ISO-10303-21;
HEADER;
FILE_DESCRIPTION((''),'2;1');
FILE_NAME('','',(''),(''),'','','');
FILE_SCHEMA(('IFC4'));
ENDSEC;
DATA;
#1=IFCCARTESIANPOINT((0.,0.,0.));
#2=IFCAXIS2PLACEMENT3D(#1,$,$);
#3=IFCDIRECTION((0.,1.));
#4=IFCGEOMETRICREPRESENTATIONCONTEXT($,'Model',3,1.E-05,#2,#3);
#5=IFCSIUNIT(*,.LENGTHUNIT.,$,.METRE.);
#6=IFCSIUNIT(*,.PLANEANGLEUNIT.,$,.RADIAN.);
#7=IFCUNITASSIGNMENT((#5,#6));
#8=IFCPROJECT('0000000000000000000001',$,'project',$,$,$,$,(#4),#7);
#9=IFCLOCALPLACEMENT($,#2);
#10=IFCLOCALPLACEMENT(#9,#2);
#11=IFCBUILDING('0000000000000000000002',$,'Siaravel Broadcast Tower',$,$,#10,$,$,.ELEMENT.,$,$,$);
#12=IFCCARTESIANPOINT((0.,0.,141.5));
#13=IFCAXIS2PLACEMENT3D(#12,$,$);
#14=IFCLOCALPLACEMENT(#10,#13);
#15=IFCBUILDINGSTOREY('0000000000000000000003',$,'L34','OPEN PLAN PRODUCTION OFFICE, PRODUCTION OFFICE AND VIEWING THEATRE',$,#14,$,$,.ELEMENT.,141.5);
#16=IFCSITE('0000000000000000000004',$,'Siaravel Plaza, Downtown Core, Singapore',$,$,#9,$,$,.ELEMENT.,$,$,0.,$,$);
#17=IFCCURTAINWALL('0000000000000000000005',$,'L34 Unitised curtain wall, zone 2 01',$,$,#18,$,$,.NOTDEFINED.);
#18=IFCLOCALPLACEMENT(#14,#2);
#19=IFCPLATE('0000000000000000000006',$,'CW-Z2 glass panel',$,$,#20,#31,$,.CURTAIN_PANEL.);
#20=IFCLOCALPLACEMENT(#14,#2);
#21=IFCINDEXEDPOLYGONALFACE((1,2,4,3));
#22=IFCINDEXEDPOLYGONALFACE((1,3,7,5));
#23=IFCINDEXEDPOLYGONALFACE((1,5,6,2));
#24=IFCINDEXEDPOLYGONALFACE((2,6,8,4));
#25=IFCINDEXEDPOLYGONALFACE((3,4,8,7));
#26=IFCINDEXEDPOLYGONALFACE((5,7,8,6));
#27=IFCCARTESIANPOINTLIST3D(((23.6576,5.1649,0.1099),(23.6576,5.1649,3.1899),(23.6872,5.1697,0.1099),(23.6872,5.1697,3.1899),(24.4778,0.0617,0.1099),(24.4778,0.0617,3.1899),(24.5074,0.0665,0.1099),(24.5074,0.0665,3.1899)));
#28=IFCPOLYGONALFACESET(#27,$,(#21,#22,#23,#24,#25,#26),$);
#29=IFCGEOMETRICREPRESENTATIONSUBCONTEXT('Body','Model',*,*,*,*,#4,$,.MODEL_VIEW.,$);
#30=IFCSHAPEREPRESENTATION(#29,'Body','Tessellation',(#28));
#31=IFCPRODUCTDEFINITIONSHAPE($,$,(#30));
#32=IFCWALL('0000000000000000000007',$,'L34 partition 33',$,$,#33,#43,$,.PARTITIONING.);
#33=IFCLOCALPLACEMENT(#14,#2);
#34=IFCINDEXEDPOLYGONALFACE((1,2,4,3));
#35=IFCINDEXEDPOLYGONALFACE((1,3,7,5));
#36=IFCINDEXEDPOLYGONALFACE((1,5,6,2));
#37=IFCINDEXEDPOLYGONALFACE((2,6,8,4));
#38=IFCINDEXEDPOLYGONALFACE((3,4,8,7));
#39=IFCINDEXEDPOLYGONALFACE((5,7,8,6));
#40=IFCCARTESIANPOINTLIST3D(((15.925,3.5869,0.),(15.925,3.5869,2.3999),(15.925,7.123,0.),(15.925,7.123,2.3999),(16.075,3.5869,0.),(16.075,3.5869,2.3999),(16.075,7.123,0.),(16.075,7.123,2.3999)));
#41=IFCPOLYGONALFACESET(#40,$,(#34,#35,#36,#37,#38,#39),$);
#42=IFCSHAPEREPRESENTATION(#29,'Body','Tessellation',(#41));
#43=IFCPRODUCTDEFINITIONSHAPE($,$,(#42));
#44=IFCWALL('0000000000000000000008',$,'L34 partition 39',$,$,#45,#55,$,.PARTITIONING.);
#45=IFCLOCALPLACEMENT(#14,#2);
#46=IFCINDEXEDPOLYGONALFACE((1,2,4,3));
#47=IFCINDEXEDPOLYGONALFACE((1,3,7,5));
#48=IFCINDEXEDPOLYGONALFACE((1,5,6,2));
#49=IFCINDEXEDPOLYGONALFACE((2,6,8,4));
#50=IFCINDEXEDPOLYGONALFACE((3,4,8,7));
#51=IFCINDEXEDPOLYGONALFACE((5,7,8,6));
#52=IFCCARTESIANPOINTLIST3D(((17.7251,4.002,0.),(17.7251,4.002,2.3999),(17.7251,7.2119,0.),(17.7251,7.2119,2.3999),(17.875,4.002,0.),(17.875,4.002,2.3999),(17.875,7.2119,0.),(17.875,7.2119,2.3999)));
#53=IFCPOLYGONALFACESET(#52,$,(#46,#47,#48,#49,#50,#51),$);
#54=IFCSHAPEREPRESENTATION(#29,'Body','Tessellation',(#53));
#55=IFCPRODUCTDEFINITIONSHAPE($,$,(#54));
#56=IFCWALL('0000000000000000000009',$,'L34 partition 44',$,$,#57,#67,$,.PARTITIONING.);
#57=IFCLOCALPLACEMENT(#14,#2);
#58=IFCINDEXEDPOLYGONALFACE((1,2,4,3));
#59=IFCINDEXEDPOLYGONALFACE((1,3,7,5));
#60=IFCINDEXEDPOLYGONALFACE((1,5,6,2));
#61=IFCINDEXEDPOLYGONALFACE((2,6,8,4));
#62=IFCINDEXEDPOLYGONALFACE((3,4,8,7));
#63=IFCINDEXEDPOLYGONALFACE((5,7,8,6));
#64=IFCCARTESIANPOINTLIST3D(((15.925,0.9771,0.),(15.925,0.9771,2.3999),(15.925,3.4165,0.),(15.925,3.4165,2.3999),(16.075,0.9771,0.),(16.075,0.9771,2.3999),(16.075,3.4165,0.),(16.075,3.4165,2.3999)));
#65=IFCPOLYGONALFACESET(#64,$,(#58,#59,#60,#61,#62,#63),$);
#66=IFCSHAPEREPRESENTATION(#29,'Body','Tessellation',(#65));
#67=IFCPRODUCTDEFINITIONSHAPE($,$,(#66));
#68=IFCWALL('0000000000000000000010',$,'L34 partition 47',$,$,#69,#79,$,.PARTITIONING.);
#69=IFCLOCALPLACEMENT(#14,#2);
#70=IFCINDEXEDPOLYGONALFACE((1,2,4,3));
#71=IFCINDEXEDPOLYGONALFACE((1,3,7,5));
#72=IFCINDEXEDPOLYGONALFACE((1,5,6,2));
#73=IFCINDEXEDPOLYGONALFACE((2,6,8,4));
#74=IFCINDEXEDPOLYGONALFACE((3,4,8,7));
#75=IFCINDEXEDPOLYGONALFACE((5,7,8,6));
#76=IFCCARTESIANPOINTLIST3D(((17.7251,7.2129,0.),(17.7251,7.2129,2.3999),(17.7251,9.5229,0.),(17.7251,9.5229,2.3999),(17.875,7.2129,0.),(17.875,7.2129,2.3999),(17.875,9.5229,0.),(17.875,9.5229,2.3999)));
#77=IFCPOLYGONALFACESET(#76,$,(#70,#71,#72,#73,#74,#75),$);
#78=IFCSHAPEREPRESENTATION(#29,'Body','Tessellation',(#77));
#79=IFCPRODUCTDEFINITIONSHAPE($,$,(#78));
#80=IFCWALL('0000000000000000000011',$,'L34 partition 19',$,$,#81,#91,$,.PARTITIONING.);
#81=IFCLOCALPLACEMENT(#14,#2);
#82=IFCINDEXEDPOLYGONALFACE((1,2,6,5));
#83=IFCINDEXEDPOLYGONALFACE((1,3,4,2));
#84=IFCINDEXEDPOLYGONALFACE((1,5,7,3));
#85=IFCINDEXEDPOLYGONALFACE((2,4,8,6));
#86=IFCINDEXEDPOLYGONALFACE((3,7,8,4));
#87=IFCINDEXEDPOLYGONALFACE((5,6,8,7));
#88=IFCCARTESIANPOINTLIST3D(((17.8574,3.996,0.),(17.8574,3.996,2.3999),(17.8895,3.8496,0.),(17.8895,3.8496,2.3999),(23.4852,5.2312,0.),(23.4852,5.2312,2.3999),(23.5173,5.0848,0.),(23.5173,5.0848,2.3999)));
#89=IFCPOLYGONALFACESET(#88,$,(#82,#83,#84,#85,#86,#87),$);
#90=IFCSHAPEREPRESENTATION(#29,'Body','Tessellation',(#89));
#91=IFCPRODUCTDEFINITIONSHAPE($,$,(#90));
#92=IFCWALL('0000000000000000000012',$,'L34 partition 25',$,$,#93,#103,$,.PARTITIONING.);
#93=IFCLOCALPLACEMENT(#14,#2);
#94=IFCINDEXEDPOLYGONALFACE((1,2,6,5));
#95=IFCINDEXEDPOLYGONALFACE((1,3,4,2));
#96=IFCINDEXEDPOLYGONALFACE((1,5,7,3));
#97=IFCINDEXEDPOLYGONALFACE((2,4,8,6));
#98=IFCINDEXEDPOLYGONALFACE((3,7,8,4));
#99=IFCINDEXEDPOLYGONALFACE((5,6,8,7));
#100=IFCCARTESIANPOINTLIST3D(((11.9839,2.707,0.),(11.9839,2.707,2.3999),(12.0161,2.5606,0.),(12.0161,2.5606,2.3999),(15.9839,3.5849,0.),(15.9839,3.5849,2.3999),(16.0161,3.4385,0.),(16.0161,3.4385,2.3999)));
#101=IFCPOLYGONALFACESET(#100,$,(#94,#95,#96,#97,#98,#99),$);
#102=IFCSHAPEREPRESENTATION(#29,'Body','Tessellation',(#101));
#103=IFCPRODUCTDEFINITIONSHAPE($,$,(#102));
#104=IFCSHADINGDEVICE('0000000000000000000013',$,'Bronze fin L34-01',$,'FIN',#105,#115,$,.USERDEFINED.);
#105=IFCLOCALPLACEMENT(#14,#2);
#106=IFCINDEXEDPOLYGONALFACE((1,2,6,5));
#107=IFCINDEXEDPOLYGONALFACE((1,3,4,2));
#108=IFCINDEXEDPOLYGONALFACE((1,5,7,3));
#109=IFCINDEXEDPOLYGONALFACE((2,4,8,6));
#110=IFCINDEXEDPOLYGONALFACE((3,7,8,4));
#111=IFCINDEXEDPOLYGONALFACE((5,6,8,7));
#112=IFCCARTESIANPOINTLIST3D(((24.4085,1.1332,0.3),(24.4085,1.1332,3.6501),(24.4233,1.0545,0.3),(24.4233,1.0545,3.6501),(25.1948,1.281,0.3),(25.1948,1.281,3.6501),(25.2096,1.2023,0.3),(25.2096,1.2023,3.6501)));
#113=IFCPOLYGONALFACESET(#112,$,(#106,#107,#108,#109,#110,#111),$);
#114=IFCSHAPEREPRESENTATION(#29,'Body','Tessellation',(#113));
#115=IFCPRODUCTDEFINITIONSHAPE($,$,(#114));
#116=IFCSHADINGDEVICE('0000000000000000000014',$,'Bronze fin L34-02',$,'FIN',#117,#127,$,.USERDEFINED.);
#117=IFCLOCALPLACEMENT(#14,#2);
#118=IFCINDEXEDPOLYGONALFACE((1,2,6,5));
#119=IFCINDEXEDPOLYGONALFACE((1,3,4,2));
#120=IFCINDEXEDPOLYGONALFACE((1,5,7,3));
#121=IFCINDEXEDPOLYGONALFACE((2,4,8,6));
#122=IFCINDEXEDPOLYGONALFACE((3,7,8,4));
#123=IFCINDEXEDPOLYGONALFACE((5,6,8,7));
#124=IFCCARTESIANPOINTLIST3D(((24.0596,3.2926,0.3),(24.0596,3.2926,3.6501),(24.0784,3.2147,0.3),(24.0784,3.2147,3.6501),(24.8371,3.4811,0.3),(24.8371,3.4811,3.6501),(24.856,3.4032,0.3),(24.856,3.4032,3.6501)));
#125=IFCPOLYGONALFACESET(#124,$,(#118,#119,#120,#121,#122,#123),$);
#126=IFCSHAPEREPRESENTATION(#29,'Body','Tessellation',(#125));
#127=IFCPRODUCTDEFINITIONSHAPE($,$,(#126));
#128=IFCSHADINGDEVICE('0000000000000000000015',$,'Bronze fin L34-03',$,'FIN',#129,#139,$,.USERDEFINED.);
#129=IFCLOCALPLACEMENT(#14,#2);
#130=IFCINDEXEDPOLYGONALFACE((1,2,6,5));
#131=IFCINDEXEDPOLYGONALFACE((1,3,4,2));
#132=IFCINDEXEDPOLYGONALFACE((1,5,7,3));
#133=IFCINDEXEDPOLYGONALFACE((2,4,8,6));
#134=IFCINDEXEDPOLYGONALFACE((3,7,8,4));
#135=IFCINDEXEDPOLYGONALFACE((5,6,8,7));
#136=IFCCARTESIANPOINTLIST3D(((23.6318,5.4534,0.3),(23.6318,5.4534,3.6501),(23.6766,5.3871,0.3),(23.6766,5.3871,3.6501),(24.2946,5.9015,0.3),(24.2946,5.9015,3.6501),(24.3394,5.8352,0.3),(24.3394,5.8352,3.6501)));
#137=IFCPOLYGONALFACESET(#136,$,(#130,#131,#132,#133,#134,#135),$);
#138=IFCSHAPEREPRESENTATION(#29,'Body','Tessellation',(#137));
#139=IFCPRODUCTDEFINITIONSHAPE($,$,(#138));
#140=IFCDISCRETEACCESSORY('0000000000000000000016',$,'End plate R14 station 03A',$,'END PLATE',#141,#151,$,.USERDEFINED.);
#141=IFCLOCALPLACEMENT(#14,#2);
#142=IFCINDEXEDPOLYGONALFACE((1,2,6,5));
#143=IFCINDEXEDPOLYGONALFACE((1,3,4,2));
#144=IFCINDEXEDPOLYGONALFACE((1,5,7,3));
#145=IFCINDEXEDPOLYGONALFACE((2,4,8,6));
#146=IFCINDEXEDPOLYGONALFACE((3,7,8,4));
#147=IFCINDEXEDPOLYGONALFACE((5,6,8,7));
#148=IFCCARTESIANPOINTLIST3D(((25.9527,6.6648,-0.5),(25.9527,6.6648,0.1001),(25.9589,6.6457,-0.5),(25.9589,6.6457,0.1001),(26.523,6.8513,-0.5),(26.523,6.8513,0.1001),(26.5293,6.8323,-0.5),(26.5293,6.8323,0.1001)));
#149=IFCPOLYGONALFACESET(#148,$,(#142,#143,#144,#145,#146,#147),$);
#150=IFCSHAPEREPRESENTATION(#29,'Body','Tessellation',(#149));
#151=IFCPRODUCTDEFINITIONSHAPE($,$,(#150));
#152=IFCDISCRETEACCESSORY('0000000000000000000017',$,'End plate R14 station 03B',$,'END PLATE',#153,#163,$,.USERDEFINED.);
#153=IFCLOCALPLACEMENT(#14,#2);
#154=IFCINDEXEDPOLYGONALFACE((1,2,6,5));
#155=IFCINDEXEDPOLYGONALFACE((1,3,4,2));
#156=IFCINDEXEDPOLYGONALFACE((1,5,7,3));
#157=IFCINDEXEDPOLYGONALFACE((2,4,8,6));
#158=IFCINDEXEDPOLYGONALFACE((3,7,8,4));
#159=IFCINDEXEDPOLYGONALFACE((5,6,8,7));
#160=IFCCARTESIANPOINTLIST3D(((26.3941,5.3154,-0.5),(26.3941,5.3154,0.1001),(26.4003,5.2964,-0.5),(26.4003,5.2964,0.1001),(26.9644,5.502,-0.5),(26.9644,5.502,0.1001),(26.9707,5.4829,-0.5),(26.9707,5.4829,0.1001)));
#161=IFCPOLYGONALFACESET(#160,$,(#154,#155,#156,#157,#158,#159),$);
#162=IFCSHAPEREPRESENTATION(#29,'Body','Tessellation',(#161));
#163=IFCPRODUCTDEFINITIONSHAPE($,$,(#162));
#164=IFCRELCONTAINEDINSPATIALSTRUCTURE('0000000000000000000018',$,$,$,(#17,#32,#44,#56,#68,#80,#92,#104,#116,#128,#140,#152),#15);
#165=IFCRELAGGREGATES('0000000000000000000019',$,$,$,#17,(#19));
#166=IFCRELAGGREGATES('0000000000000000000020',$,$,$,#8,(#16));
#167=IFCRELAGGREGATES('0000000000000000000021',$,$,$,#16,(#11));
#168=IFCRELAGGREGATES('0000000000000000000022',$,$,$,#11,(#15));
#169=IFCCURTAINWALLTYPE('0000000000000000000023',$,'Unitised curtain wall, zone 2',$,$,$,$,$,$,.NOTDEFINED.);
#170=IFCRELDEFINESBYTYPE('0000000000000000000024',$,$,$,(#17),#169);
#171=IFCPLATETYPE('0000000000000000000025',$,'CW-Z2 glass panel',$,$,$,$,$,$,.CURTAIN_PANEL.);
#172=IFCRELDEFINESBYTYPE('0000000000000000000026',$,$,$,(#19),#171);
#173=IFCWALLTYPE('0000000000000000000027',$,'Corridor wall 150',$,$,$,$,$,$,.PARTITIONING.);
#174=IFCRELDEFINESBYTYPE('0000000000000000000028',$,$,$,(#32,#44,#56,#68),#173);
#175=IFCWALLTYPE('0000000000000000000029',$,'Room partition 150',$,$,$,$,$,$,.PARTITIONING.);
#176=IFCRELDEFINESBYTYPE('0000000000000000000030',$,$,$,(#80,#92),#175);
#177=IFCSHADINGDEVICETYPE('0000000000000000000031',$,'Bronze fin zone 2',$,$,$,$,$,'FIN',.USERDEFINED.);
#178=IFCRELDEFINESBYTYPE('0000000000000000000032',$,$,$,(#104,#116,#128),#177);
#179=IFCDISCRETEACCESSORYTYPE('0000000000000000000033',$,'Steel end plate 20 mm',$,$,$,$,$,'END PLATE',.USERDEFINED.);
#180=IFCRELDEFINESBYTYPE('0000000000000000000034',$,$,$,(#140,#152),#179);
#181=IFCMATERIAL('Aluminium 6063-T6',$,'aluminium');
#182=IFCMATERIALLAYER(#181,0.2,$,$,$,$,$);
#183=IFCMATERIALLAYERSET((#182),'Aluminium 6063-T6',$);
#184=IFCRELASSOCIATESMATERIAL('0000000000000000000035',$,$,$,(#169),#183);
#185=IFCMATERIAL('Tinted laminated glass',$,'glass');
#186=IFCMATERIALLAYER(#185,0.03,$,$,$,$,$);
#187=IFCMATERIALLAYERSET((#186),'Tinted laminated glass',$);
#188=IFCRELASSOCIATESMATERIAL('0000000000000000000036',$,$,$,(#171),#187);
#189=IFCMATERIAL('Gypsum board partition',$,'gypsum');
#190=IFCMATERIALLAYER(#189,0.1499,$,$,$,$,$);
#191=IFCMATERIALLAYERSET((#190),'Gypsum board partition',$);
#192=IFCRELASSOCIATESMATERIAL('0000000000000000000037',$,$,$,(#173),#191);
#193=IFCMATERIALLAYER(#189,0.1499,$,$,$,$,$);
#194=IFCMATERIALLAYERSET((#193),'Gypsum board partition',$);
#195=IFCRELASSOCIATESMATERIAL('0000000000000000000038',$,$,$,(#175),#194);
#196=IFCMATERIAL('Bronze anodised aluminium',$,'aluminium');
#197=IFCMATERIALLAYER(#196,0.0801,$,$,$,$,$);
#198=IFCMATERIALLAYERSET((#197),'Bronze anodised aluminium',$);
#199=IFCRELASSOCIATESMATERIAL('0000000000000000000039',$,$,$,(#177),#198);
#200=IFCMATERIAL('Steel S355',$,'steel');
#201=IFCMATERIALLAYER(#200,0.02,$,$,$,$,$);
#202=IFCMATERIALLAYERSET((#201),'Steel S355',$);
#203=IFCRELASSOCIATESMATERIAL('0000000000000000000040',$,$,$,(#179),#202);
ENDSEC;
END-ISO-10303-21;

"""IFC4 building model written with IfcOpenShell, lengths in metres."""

from ifc_helpers import new_model, si_unit, direction, frame, frame_2d, origin, origin_2d, place, context, subcontext, project, spatial, rectangle, extrude, material, layer, layer_set, type_object, element, aggregate, save


model = new_model("IFC4")

# Units and contexts
model_context = context("Model", 3, precision=1e-05, world=origin(), true_north=direction((0.0, 1.0)))
body_context = subcontext(model_context, "Body", "Model", "MODEL_VIEW")
ifc_project = project(units=[si_unit("LENGTHUNIT", "METRE"), si_unit("PLANEANGLEUNIT", "RADIAN")], contexts=[model_context])

# Site, building, storey
site_placement = place(None, origin())
site = spatial("IfcSite", under=ifc_project, at=site_placement, Name="Siaravel Plaza, Downtown Core, Singapore", CompositionType="ELEMENT", RefElevation=0.0)
building_placement = place(site_placement, origin())
building = spatial("IfcBuilding", under=site, at=building_placement, Name="Siaravel Broadcast Tower", CompositionType="ELEMENT")
storey_placement = place(building_placement, frame((0.0, 0.0, 141.5)))
storey = spatial("IfcBuildingStorey", under=building, at=storey_placement, Name="L34", Description="OPEN PLAN PRODUCTION OFFICE, PRODUCTION OFFICE AND VIEWING THEATRE", CompositionType="ELEMENT", Elevation=141.5)

# Shared definitions
ifc_material_1 = material(Name="Steel S355", Category="steel")

# Curtain wall
ifc_material_2 = material(Name="Aluminium 6063-T6", Category="aluminium")
ifc_layer_1 = layer(ifc_material_2, 0.2)
ifc_layer_set_1 = layer_set([ifc_layer_1], Name="Aluminium 6063-T6")
curtain_wall_type = type_object("IfcCurtainWallType", Name="Unitised curtain wall, zone 2", PredefinedType="NOTDEFINED", material=ifc_layer_set_1)
curtain_wall_placement = place(storey_placement, origin())
curtain_wall = element("IfcCurtainWall", 1, at=curtain_wall_placement, inside=storey, type_object=curtain_wall_type, Name="L34 Unitised curtain wall, zone 2 01", PredefinedType="NOTDEFINED")

# Plate
ifc_material_3 = material(Name="Tinted laminated glass", Category="glass")
ifc_layer_2 = layer(ifc_material_3, 0.03)
ifc_layer_set_2 = layer_set([ifc_layer_2], Name="Tinted laminated glass")
plate_type = type_object("IfcPlateType", Name="CW-Z2 glass panel", PredefinedType="CURTAIN_PANEL", material=ifc_layer_set_2)
plate_placement = place(storey_placement, frame((24.0825, 2.6157, 0.1099), z_axis=(0.0, 0.0, 1.0), x_axis=(-0.158685, 0.987329, 0.0)))
plate = element("IfcPlate", 2, at=plate_placement, type_object=plate_type, Name="CW-Z2 glass panel", PredefinedType="CURTAIN_PANEL", context=body_context, shape_type="SweptSolid", body=[
    extrude(rectangle(XDim=5.1687, YDim=0.03, at=origin_2d()), origin(), (0.0, 0.0, 1.0), 3.0801),
])
aggregate(curtain_wall, [plate])

# Shared definitions
ifc_material_4 = material(Name="Gypsum board partition", Category="gypsum")
ifc_layer_3 = layer(ifc_material_4, 0.1499)
ifc_layer_set_3 = layer_set([ifc_layer_3], Name="Gypsum board partition")
wall_type_1 = type_object("IfcWallType", Name="Corridor wall 150", PredefinedType="PARTITIONING", material=ifc_layer_set_3)

# Walls
wall_1_placement = place(storey_placement, frame((16.0, 7.123, 0.0), z_axis=(0.0, 0.0, 1.0), x_axis=(0.0, -1.0, 0.0)))
element("IfcWall", 3, at=wall_1_placement, inside=storey, type_object=wall_type_1, Name="L34 partition 33", PredefinedType="PARTITIONING", context=body_context, shape_type="SweptSolid", body=[
    extrude(rectangle(XDim=3.5361, YDim=0.1499, at=frame_2d((1.7681, 0.0))), origin(), (0.0, 0.0, 1.0), 2.3999),
])
wall_2_placement = place(storey_placement, frame((17.8, 4.002, 0.0), z_axis=(0.0, 0.0, 1.0), x_axis=(0.0, 1.0, 0.0)))
element("IfcWall", 4, at=wall_2_placement, inside=storey, type_object=wall_type_1, Name="L34 partition 39", PredefinedType="PARTITIONING", context=body_context, shape_type="SweptSolid", body=[
    extrude(rectangle(XDim=3.21, YDim=0.1499, at=frame_2d((1.605, 0.0))), origin(), (0.0, 0.0, 1.0), 2.3999),
])
wall_3_placement = place(storey_placement, frame((16.0, 3.4165, 0.0), z_axis=(0.0, 0.0, 1.0), x_axis=(0.0, -1.0, 0.0)))
element("IfcWall", 5, at=wall_3_placement, inside=storey, type_object=wall_type_1, Name="L34 partition 44", PredefinedType="PARTITIONING", context=body_context, shape_type="SweptSolid", body=[
    extrude(rectangle(XDim=2.4395, YDim=0.1499, at=frame_2d((1.2197, 0.0))), origin(), (0.0, 0.0, 1.0), 2.3999),
])
wall_4_placement = place(storey_placement, frame((17.8, 7.2129, 0.0), z_axis=(0.0, 0.0, 1.0), x_axis=(0.0, 1.0, 0.0)))
element("IfcWall", 6, at=wall_4_placement, inside=storey, type_object=wall_type_1, Name="L34 partition 47", PredefinedType="PARTITIONING", context=body_context, shape_type="SweptSolid", body=[
    extrude(rectangle(XDim=2.3101, YDim=0.1499, at=frame_2d((1.155, 0.0))), origin(), (0.0, 0.0, 1.0), 2.3999),
])
ifc_layer_4 = layer(ifc_material_4, 0.1499)
ifc_layer_set_4 = layer_set([ifc_layer_4], Name="Gypsum board partition")
wall_type_2 = type_object("IfcWallType", Name="Room partition 150", PredefinedType="PARTITIONING", material=ifc_layer_set_4)
wall_5_placement = place(storey_placement, frame((23.5012, 5.158, 0.0), z_axis=(0.0, 0.0, 1.0), x_axis=(-0.976753, -0.214368, 0.0)))
element("IfcWall", 7, at=wall_5_placement, inside=storey, type_object=wall_type_2, Name="L34 partition 19", PredefinedType="PARTITIONING", context=body_context, shape_type="SweptSolid", body=[
    extrude(rectangle(XDim=5.7617, YDim=0.1499, at=frame_2d((2.8809, 0.0))), origin(), (0.0, 0.0, 1.0), 2.3999),
])
wall_6_placement = place(storey_placement, frame((16.0, 3.5117, 0.0), z_axis=(0.0, 0.0, 1.0), x_axis=(-0.97675, -0.21438, 0.0)))
element("IfcWall", 8, at=wall_6_placement, inside=storey, type_object=wall_type_2, Name="L34 partition 25", PredefinedType="PARTITIONING", context=body_context, shape_type="SweptSolid", body=[
    extrude(rectangle(XDim=4.0952, YDim=0.1499, at=frame_2d((2.0476, 0.0))), origin(), (0.0, 0.0, 1.0), 2.3999),
])

# Shading devices
ifc_material_5 = material(Name="Bronze anodised aluminium", Category="aluminium")
ifc_layer_5 = layer(ifc_material_5, 0.0801)
ifc_layer_set_5 = layer_set([ifc_layer_5], Name="Bronze anodised aluminium")
shading_device_type = type_object("IfcShadingDeviceType", Name="Bronze fin zone 2", ElementType="FIN", PredefinedType="USERDEFINED", material=ifc_layer_set_5)
for number, where, z_axis, x_axis, name in (
    (9, (24.8091, 1.1677, 0.3), (0.0, 0.0, 1.0), (0.982795, 0.184698, 0.0), "Bronze fin L34-01"),
    (10, (24.4578, 3.3479, 0.3), (0.0, 0.0, 1.0), (0.971853, 0.235587, 0.0), "Bronze fin L34-02"),
    (11, (23.9856, 5.6443, 0.3), (0.0, 0.0, 1.0), (0.828413, 0.560117, 0.0), "Bronze fin L34-03"),
):
    element("IfcShadingDevice", number, at=place(storey_placement, frame(where, z_axis=z_axis, x_axis=x_axis)), inside=storey, type_object=shading_device_type, Name=name, ObjectType="FIN", PredefinedType="USERDEFINED", context=body_context, shape_type="SweptSolid", body=[
        extrude(rectangle(XDim=0.8, YDim=0.0801, at=origin_2d()), origin(), (0.0, 0.0, 1.0), 3.3501),
    ])

# Discrete accessories
ifc_layer_6 = layer(ifc_material_1, 0.02)
ifc_layer_set_6 = layer_set([ifc_layer_6], Name="Steel S355")
discrete_accessory_type = type_object("IfcDiscreteAccessoryType", Name="Steel end plate 20 mm", ElementType="END PLATE", PredefinedType="USERDEFINED", material=ifc_layer_set_6)
for number, where, z_axis, x_axis, name in (
    (12, (26.241, 6.7485, -0.5), (0.0, 0.0, 1.0), (-0.310909, 0.95044, 0.0), "End plate R14 station 03A"),
    (13, (26.6824, 5.3992, -0.5), (0.0, 0.0, 1.0), (-0.310909, 0.95044, 0.0), "End plate R14 station 03B"),
):
    element("IfcDiscreteAccessory", number, at=place(storey_placement, frame(where, z_axis=z_axis, x_axis=x_axis)), inside=storey, type_object=discrete_accessory_type, Name=name, ObjectType="END PLATE", PredefinedType="USERDEFINED", context=body_context, shape_type="SweptSolid", body=[
        extrude(rectangle(XDim=0.02, YDim=0.6001, at=origin_2d()), origin(), (0.0, 0.0, 1.0), 0.6001),
    ])

save(model, "model.ifc")
